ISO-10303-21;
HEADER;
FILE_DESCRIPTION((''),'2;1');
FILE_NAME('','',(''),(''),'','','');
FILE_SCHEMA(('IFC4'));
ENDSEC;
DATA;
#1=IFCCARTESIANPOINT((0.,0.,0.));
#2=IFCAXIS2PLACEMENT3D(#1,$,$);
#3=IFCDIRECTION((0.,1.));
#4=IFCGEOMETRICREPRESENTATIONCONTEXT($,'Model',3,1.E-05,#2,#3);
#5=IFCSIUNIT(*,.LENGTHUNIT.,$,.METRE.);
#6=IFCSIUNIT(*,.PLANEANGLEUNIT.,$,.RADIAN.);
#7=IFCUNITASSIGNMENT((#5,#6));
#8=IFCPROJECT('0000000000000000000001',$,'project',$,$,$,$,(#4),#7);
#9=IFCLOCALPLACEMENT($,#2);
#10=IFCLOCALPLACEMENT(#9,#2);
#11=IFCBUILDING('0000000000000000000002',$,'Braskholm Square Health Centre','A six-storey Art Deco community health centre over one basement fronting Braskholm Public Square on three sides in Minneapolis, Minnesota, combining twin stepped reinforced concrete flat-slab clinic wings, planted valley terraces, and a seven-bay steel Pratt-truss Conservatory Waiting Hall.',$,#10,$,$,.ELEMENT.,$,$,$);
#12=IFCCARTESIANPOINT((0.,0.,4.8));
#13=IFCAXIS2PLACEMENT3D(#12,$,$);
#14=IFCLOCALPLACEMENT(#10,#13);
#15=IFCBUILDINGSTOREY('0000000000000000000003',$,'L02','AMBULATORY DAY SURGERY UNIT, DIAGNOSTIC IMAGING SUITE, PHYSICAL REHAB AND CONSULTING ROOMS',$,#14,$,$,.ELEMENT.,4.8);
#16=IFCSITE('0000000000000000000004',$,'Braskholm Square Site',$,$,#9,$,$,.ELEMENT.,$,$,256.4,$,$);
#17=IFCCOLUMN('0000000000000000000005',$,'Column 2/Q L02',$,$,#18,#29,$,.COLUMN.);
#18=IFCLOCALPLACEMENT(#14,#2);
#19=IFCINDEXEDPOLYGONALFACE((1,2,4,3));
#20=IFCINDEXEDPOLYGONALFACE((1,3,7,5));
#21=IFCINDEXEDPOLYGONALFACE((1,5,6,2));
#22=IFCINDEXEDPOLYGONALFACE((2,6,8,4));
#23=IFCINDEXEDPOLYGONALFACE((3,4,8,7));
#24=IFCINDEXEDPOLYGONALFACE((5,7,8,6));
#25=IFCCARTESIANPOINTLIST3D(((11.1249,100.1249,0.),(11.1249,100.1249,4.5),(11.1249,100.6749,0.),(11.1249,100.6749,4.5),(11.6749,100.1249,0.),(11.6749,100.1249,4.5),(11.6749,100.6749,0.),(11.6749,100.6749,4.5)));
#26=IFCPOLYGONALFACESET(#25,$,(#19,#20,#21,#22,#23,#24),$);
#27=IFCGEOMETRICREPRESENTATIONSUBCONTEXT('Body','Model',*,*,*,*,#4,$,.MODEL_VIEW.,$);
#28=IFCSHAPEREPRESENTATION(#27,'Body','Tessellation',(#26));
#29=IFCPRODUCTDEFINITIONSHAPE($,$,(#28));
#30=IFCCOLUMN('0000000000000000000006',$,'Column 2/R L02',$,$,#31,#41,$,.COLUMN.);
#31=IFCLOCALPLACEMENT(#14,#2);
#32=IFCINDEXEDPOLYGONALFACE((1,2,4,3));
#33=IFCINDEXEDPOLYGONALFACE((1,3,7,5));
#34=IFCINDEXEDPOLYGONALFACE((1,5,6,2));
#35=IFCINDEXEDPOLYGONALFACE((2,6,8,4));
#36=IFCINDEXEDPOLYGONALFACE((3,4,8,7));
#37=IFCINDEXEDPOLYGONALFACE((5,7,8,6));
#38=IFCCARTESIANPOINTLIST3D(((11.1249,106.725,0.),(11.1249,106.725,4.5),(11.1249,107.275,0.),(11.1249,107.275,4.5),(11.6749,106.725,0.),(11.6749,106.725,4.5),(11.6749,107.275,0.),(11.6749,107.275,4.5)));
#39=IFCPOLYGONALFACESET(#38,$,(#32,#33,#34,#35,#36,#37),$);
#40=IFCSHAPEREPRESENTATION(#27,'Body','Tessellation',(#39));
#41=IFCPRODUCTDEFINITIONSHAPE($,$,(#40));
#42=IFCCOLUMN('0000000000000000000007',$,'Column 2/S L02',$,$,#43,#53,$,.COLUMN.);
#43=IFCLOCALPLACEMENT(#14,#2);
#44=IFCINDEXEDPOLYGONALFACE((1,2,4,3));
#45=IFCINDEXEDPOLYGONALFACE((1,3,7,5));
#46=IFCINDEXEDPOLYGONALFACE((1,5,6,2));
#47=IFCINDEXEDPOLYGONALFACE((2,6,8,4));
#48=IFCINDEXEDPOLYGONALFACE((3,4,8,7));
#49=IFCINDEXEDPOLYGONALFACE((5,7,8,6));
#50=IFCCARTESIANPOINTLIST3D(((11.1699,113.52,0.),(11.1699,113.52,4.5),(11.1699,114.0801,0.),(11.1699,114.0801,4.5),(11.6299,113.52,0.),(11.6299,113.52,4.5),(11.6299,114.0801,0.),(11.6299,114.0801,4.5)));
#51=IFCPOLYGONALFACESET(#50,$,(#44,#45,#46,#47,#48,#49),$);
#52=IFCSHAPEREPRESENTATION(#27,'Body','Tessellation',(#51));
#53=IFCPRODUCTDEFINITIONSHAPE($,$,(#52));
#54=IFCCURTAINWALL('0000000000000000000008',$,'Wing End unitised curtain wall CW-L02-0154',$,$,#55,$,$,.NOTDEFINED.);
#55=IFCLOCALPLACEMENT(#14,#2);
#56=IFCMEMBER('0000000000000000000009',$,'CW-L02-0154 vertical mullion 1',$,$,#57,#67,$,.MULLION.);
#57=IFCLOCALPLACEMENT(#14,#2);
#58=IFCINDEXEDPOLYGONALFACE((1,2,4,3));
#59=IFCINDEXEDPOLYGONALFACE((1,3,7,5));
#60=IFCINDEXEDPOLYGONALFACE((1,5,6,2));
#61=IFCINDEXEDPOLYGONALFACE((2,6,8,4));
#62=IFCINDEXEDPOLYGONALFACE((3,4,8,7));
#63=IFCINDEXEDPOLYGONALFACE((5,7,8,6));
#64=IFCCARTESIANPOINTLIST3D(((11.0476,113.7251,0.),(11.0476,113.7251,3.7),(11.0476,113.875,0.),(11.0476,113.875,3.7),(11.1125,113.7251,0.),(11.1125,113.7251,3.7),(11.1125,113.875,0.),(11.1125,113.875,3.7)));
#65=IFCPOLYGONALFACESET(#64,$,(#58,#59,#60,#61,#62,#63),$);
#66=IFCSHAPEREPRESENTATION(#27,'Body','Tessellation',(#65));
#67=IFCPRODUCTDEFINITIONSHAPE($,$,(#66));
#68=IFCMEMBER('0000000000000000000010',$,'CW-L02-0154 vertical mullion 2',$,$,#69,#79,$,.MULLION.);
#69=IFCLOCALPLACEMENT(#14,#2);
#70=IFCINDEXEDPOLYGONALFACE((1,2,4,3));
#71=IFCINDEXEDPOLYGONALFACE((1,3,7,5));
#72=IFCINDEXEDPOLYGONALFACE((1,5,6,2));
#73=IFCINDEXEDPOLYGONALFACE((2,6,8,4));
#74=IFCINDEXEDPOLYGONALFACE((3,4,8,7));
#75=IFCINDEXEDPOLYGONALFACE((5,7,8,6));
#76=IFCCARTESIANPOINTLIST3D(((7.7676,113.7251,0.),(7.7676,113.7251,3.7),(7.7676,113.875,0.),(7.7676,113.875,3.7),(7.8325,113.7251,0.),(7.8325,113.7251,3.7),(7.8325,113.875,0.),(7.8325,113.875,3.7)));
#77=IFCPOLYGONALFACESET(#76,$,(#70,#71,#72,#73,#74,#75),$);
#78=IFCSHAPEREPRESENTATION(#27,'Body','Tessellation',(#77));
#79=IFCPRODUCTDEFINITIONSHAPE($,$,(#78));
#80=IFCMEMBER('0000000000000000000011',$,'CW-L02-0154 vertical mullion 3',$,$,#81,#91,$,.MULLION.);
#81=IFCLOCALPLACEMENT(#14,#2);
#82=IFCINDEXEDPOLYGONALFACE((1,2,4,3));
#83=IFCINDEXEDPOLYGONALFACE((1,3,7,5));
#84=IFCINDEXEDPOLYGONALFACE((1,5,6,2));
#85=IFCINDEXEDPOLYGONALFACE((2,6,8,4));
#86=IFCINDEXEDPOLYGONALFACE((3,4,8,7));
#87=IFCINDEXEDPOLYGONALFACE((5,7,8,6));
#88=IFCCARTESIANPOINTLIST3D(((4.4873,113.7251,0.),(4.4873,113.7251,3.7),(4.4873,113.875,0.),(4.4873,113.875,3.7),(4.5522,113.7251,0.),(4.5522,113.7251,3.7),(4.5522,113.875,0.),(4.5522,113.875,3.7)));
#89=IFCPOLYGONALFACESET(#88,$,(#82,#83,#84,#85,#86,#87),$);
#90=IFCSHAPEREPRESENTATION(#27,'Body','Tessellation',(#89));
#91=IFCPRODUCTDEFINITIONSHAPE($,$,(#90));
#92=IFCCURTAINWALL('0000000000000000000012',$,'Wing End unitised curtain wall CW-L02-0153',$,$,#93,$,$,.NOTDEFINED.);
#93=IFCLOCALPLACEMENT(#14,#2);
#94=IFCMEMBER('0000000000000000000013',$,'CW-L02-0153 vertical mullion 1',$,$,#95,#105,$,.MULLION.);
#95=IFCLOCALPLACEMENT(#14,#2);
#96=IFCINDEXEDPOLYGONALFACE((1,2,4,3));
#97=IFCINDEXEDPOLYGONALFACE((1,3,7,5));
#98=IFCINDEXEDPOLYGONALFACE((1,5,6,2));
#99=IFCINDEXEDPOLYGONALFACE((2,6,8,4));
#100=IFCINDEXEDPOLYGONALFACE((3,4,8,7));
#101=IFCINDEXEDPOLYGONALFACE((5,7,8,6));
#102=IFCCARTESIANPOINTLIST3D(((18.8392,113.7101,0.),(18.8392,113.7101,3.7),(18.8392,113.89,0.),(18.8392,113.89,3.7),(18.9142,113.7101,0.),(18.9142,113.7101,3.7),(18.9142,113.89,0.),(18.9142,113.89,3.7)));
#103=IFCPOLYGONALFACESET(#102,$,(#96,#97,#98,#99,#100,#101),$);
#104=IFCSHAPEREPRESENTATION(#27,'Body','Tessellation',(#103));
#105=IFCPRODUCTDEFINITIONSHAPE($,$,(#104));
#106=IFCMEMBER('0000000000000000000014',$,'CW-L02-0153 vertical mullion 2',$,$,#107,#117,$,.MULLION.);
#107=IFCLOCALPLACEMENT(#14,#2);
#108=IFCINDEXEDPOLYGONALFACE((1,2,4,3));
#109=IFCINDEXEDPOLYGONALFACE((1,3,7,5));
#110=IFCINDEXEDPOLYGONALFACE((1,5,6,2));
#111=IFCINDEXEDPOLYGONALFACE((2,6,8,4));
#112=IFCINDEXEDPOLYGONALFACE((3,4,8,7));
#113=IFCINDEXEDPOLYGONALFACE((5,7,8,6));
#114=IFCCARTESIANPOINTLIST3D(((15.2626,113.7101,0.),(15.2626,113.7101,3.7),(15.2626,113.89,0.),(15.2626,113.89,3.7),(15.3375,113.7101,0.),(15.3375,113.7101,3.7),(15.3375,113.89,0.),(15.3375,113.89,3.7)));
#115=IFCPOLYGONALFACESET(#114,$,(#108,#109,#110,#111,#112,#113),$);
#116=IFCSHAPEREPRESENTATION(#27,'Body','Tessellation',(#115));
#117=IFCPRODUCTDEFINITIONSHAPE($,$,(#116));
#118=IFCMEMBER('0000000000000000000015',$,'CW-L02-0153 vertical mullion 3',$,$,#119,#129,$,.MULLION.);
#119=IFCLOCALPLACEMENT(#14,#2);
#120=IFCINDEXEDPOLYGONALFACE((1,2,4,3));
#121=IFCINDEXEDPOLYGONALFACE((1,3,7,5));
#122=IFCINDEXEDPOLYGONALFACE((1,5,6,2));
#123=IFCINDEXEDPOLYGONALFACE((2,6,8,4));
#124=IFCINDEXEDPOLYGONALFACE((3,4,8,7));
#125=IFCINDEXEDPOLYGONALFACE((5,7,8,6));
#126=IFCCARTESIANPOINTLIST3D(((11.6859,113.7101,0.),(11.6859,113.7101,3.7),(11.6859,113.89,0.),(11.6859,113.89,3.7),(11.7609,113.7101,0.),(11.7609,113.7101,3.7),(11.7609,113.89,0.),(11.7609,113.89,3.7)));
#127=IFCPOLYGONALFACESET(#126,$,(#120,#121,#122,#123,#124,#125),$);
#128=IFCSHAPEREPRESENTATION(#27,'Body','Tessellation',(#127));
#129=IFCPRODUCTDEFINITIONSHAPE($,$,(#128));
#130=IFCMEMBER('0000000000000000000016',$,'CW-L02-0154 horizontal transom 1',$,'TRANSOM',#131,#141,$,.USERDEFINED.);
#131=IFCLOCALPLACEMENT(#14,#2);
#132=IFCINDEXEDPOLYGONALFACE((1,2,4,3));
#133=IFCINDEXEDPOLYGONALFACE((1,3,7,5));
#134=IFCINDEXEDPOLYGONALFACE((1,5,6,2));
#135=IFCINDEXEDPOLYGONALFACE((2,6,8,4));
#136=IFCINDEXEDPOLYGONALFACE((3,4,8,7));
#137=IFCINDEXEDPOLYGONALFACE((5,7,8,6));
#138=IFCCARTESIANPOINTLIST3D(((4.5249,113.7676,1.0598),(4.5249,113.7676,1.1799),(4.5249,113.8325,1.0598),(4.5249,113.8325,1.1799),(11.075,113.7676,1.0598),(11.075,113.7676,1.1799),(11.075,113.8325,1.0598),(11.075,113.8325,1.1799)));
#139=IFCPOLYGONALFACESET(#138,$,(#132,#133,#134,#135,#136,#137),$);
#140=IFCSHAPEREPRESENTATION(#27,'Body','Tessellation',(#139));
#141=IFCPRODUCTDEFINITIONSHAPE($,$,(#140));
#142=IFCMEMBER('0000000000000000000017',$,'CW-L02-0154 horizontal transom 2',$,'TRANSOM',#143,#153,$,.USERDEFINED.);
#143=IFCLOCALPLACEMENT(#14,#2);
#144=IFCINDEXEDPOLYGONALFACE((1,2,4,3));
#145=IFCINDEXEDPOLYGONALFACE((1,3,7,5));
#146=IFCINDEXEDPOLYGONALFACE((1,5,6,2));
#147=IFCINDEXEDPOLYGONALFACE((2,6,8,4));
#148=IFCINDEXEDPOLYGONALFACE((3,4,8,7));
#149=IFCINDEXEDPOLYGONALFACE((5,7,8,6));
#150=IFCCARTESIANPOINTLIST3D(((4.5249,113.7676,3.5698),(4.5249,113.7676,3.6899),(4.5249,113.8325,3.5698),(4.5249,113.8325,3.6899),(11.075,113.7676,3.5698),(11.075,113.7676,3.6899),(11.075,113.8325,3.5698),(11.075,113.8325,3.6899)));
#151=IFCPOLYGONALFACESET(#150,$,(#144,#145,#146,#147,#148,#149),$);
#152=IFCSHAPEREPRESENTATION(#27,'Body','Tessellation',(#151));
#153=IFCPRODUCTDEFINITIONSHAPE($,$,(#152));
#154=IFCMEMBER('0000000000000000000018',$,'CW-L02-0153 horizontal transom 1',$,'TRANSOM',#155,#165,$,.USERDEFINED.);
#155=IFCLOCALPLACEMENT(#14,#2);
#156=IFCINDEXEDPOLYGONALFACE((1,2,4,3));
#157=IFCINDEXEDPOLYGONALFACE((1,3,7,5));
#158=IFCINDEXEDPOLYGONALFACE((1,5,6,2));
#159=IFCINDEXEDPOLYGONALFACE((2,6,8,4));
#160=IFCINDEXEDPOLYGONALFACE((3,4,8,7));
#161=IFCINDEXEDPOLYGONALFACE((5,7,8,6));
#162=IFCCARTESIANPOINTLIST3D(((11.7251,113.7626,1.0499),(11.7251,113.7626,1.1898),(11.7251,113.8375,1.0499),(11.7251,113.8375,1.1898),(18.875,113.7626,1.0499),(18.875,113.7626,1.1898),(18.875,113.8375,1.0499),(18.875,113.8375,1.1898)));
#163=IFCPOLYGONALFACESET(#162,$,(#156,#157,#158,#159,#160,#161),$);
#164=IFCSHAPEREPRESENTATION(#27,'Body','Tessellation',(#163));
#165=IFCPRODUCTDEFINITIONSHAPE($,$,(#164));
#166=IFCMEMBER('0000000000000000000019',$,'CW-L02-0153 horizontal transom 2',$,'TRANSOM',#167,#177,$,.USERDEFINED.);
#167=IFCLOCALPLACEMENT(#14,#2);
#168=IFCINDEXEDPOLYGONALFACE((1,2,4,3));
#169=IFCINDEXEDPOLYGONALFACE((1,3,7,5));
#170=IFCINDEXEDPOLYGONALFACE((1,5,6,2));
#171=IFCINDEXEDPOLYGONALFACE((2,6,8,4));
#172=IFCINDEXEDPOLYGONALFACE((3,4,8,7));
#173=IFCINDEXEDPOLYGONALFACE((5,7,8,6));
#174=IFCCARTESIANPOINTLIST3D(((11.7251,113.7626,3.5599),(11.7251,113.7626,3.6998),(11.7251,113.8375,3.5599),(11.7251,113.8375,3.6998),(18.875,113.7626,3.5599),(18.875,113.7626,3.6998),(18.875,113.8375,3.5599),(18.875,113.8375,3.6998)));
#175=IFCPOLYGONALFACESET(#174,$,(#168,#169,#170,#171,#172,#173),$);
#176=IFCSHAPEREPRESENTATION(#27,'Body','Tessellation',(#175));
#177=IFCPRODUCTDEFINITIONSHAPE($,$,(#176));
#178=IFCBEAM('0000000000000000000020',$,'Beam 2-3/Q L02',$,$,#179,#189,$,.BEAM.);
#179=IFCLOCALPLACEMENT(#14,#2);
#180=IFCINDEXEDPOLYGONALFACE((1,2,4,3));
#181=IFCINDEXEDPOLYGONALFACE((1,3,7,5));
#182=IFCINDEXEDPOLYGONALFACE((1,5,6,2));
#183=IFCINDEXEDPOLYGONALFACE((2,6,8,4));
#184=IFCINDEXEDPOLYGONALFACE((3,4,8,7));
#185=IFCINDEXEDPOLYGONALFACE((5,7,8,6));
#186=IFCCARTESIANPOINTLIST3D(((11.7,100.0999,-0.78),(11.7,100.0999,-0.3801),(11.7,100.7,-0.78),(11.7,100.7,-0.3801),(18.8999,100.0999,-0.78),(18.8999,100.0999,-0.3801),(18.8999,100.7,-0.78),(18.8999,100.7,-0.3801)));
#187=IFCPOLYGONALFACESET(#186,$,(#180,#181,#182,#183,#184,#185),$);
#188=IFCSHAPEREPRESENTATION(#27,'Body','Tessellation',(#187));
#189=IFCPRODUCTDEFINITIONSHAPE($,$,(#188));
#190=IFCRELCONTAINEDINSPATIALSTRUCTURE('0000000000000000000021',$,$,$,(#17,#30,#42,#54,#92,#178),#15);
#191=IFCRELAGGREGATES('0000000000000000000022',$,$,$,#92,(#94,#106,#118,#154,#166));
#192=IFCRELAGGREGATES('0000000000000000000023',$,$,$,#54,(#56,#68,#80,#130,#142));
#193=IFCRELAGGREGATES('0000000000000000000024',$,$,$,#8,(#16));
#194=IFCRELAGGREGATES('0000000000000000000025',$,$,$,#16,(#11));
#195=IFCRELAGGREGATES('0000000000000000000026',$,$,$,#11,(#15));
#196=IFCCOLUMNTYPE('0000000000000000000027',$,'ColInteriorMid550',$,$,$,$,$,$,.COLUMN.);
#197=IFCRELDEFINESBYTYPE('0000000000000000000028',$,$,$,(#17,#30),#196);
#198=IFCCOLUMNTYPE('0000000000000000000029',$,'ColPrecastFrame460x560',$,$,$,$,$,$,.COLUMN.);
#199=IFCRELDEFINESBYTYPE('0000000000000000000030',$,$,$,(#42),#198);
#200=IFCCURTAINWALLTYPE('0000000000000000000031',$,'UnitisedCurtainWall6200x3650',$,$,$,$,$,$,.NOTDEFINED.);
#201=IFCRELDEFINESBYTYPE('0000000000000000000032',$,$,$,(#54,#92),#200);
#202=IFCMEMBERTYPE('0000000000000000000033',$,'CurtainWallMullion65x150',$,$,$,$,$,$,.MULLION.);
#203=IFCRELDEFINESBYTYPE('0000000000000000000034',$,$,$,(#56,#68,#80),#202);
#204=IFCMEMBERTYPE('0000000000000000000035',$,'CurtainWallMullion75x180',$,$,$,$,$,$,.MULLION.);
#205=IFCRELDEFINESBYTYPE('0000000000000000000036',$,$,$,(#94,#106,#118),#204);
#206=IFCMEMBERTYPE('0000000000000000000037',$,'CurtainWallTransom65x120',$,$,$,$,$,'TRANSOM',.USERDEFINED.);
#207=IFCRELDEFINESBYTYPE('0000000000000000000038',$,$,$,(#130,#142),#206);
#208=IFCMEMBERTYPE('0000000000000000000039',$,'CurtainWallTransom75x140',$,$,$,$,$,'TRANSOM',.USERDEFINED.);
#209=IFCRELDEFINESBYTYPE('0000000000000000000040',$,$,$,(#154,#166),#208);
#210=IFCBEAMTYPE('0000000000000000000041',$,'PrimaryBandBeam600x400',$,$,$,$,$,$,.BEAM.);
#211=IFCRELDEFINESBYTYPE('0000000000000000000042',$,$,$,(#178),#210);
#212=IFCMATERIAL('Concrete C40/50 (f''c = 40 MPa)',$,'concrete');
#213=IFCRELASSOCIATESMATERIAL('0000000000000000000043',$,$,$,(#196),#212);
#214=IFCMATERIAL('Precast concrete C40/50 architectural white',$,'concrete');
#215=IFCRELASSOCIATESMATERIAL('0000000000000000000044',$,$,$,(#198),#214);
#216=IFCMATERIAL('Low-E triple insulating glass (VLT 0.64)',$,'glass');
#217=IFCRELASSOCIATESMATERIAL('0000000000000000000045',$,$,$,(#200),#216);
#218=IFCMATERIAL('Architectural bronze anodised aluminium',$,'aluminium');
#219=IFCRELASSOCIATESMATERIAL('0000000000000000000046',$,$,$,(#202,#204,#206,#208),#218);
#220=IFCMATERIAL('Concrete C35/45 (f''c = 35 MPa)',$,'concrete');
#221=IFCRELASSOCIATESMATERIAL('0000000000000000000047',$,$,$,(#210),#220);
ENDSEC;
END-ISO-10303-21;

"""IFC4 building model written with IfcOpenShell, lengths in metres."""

from ifc_helpers import new_model, si_unit, direction, frame, origin, origin_2d, place, context, subcontext, project, spatial, rectangle, extrude, material, material_profile, profile_set, type_object, element, aggregate, save


model = new_model("IFC4")

# Units and contexts
model_context = context("Model", 3, precision=1e-05, world=origin(), true_north=direction((0.0, 1.0)))
body_context = subcontext(model_context, "Body", "Model", "MODEL_VIEW")
ifc_project = project(units=[si_unit("LENGTHUNIT", "METRE"), si_unit("PLANEANGLEUNIT", "RADIAN")], contexts=[model_context])

# Site, building, storey
site_placement = place(None, origin())
site = spatial("IfcSite", under=ifc_project, at=site_placement, Name="Braskholm Square Site", CompositionType="ELEMENT", RefElevation=256.4)
building_placement = place(site_placement, origin())
building = spatial("IfcBuilding", under=site, at=building_placement, Name="Braskholm Square Health Centre", Description="A six-storey Art Deco community health centre over one basement fronting Braskholm Public Square on three sides in Minneapolis, Minnesota, combining twin stepped reinforced concrete flat-slab clinic wings, planted valley terraces, and a seven-bay steel Pratt-truss Conservatory Waiting Hall.", CompositionType="ELEMENT")
storey_placement = place(building_placement, frame((0.0, 0.0, 4.8)))
storey = spatial("IfcBuildingStorey", under=building, at=storey_placement, Name="L02", Description="AMBULATORY DAY SURGERY UNIT, DIAGNOSTIC IMAGING SUITE, PHYSICAL REHAB AND CONSULTING ROOMS", CompositionType="ELEMENT", Elevation=4.8)

# Columns
ifc_material_1 = material(Name="Concrete C40/50 (f'c = 40 MPa)", Category="concrete")
ifc_material_profile_1 = material_profile(ifc_material_1, rectangle(XDim=0.55, YDim=0.55, at=origin_2d()), Name="RC-550X550")
ifc_profile_set_1 = profile_set([ifc_material_profile_1], Name="Concrete C40/50 (f'c = 40 MPa)")
column_type_1 = type_object("IfcColumnType", Name="ColInteriorMid550", PredefinedType="COLUMN", material=ifc_profile_set_1)
for number, where, z_axis, x_axis, name in (
    (1, (11.3999, 100.3999, 0.0), (0.0, 0.0, 1.0), (1.0, 0.0, 0.0), "Column 2/Q L02"),
    (2, (11.3999, 107.0, 0.0), (0.0, 0.0, 1.0), (1.0, 0.0, 0.0), "Column 2/R L02"),
):
    element("IfcColumn", number, at=place(storey_placement, frame(where, z_axis=z_axis, x_axis=x_axis)), inside=storey, type_object=column_type_1, Name=name, PredefinedType="COLUMN", context=body_context, shape_type="SweptSolid", body=[
        extrude(rectangle(XDim=0.55, YDim=0.55, at=origin_2d()), origin(), (0.0, 0.0, 1.0), 4.5),
    ])
ifc_material_2 = material(Name="Precast concrete C40/50 architectural white", Category="concrete")
ifc_material_profile_2 = material_profile(ifc_material_2, rectangle(XDim=0.46, YDim=0.5601, at=origin_2d()), Name="RC-460X560")
ifc_profile_set_2 = profile_set([ifc_material_profile_2], Name="Precast concrete C40/50 architectural white")
column_type_2 = type_object("IfcColumnType", Name="ColPrecastFrame460x560", PredefinedType="COLUMN", material=ifc_profile_set_2)
column_placement = place(storey_placement, frame((11.3999, 113.8, 0.0), z_axis=(0.0, 0.0, 1.0), x_axis=(1.0, 0.0, 0.0)))
element("IfcColumn", 3, at=column_placement, inside=storey, type_object=column_type_2, Name="Column 2/S L02", PredefinedType="COLUMN", context=body_context, shape_type="SweptSolid", body=[
    extrude(rectangle(XDim=0.46, YDim=0.5601, at=origin_2d()), origin(), (0.0, 0.0, 1.0), 4.5),
])

# Curtain walls, members
ifc_material_3 = material(Name="Low-E triple insulating glass (VLT 0.64)", Category="glass")
curtain_wall_type = type_object("IfcCurtainWallType", Name="UnitisedCurtainWall6200x3650", PredefinedType="NOTDEFINED", material=ifc_material_3)
curtain_wall_1_placement = place(storey_placement, origin())
curtain_wall_1 = element("IfcCurtainWall", 4, at=curtain_wall_1_placement, inside=storey, type_object=curtain_wall_type, Name="Wing End unitised curtain wall CW-L02-0154", PredefinedType="NOTDEFINED")
ifc_material_4 = material(Name="Architectural bronze anodised aluminium", Category="aluminium")
ifc_material_profile_3 = material_profile(ifc_material_4, rectangle(XDim=0.0649, YDim=0.1499, at=origin_2d()), Name="ALU-65X150")
ifc_profile_set_3 = profile_set([ifc_material_profile_3], Name="Architectural bronze anodised aluminium")
member_type_1 = type_object("IfcMemberType", Name="CurtainWallMullion65x150", PredefinedType="MULLION", material=ifc_profile_set_3)
member_1_placement = place(storey_placement, frame((11.0801, 113.8, 0.0), z_axis=(0.0, 0.0, 1.0), x_axis=(1.0, 0.0, 0.0)))
member_1 = element("IfcMember", 5, at=member_1_placement, type_object=member_type_1, Name="CW-L02-0154 vertical mullion 1", PredefinedType="MULLION", context=body_context, shape_type="SweptSolid", body=[
    extrude(rectangle(XDim=0.0649, YDim=0.1499, at=origin_2d()), origin(), (0.0, 0.0, 1.0), 3.7),
])
member_2_placement = place(storey_placement, frame((7.8, 113.8, 0.0), z_axis=(0.0, 0.0, 1.0), x_axis=(1.0, 0.0, 0.0)))
member_2 = element("IfcMember", 6, at=member_2_placement, type_object=member_type_1, Name="CW-L02-0154 vertical mullion 2", PredefinedType="MULLION", context=body_context, shape_type="SweptSolid", body=[
    extrude(rectangle(XDim=0.0649, YDim=0.1499, at=origin_2d()), origin(), (0.0, 0.0, 1.0), 3.7),
])
member_3_placement = place(storey_placement, frame((4.5198, 113.8, 0.0), z_axis=(0.0, 0.0, 1.0), x_axis=(1.0, 0.0, 0.0)))
member_3 = element("IfcMember", 7, at=member_3_placement, type_object=member_type_1, Name="CW-L02-0154 vertical mullion 3", PredefinedType="MULLION", context=body_context, shape_type="SweptSolid", body=[
    extrude(rectangle(XDim=0.0649, YDim=0.1499, at=origin_2d()), origin(), (0.0, 0.0, 1.0), 3.7),
])
curtain_wall_2_placement = place(storey_placement, origin())
curtain_wall_2 = element("IfcCurtainWall", 8, at=curtain_wall_2_placement, inside=storey, type_object=curtain_wall_type, Name="Wing End unitised curtain wall CW-L02-0153", PredefinedType="NOTDEFINED")
ifc_material_profile_4 = material_profile(ifc_material_4, rectangle(XDim=0.075, YDim=0.1799, at=origin_2d()), Name="ALU-75X180")
ifc_profile_set_4 = profile_set([ifc_material_profile_4], Name="Architectural bronze anodised aluminium")
member_type_2 = type_object("IfcMemberType", Name="CurtainWallMullion75x180", PredefinedType="MULLION", material=ifc_profile_set_4)
member_4_placement = place(storey_placement, frame((18.8767, 113.8, 0.0), z_axis=(0.0, 0.0, 1.0), x_axis=(1.0, 0.0, 0.0)))
member_4 = element("IfcMember", 9, at=member_4_placement, type_object=member_type_2, Name="CW-L02-0153 vertical mullion 1", PredefinedType="MULLION", context=body_context, shape_type="SweptSolid", body=[
    extrude(rectangle(XDim=0.075, YDim=0.1799, at=origin_2d()), origin(), (0.0, 0.0, 1.0), 3.7),
])
member_5_placement = place(storey_placement, frame((15.3, 113.8, 0.0), z_axis=(0.0, 0.0, 1.0), x_axis=(1.0, 0.0, 0.0)))
member_5 = element("IfcMember", 10, at=member_5_placement, type_object=member_type_2, Name="CW-L02-0153 vertical mullion 2", PredefinedType="MULLION", context=body_context, shape_type="SweptSolid", body=[
    extrude(rectangle(XDim=0.075, YDim=0.1799, at=origin_2d()), origin(), (0.0, 0.0, 1.0), 3.7),
])
member_6_placement = place(storey_placement, frame((11.7234, 113.8, 0.0), z_axis=(0.0, 0.0, 1.0), x_axis=(1.0, 0.0, 0.0)))
member_6 = element("IfcMember", 11, at=member_6_placement, type_object=member_type_2, Name="CW-L02-0153 vertical mullion 3", PredefinedType="MULLION", context=body_context, shape_type="SweptSolid", body=[
    extrude(rectangle(XDim=0.075, YDim=0.1799, at=origin_2d()), origin(), (0.0, 0.0, 1.0), 3.7),
])

# Members
ifc_material_profile_5 = material_profile(ifc_material_4, rectangle(XDim=0.0649, YDim=0.1201, at=origin_2d()), Name="ALU-65X120")
ifc_profile_set_5 = profile_set([ifc_material_profile_5], Name="Architectural bronze anodised aluminium")
member_type_3 = type_object("IfcMemberType", Name="CurtainWallTransom65x120", ElementType="TRANSOM", PredefinedType="USERDEFINED", material=ifc_profile_set_5)
member_7_placement = place(storey_placement, frame((11.075, 113.8, 1.1199), z_axis=(-1.0, 0.0, 0.0), x_axis=(0.0, -1.0, 0.0)))
member_7 = element("IfcMember", 12, at=member_7_placement, type_object=member_type_3, Name="CW-L02-0154 horizontal transom 1", ObjectType="TRANSOM", PredefinedType="USERDEFINED", context=body_context, shape_type="SweptSolid", body=[
    extrude(rectangle(XDim=0.0649, YDim=0.1201, at=origin_2d()), origin(), (0.0, 0.0, 1.0), 6.55),
])
member_8_placement = place(storey_placement, frame((11.075, 113.8, 3.6299), z_axis=(-1.0, 0.0, 0.0), x_axis=(0.0, -1.0, 0.0)))
member_8 = element("IfcMember", 13, at=member_8_placement, type_object=member_type_3, Name="CW-L02-0154 horizontal transom 2", ObjectType="TRANSOM", PredefinedType="USERDEFINED", context=body_context, shape_type="SweptSolid", body=[
    extrude(rectangle(XDim=0.0649, YDim=0.1201, at=origin_2d()), origin(), (0.0, 0.0, 1.0), 6.55),
])
ifc_material_profile_6 = material_profile(ifc_material_4, rectangle(XDim=0.075, YDim=0.1399, at=origin_2d()), Name="ALU-75X140")
ifc_profile_set_6 = profile_set([ifc_material_profile_6], Name="Architectural bronze anodised aluminium")
member_type_4 = type_object("IfcMemberType", Name="CurtainWallTransom75x140", ElementType="TRANSOM", PredefinedType="USERDEFINED", material=ifc_profile_set_6)
member_9_placement = place(storey_placement, frame((18.875, 113.8, 1.1199), z_axis=(-1.0, 0.0, 0.0), x_axis=(0.0, -1.0, 0.0)))
member_9 = element("IfcMember", 14, at=member_9_placement, type_object=member_type_4, Name="CW-L02-0153 horizontal transom 1", ObjectType="TRANSOM", PredefinedType="USERDEFINED", context=body_context, shape_type="SweptSolid", body=[
    extrude(rectangle(XDim=0.075, YDim=0.1399, at=origin_2d()), origin(), (0.0, 0.0, 1.0), 7.1499),
])
member_10_placement = place(storey_placement, frame((18.875, 113.8, 3.6299), z_axis=(-1.0, 0.0, 0.0), x_axis=(0.0, -1.0, 0.0)))
member_10 = element("IfcMember", 15, at=member_10_placement, type_object=member_type_4, Name="CW-L02-0153 horizontal transom 2", ObjectType="TRANSOM", PredefinedType="USERDEFINED", context=body_context, shape_type="SweptSolid", body=[
    extrude(rectangle(XDim=0.075, YDim=0.1399, at=origin_2d()), origin(), (0.0, 0.0, 1.0), 7.1499),
])

# Beam
ifc_material_5 = material(Name="Concrete C35/45 (f'c = 35 MPa)", Category="concrete")
ifc_material_profile_7 = material_profile(ifc_material_5, rectangle(XDim=0.6001, YDim=0.3999, at=origin_2d()), Name="RCB-600X400")
ifc_profile_set_7 = profile_set([ifc_material_profile_7], Name="Concrete C35/45 (f'c = 35 MPa)")
beam_type_1 = type_object("IfcBeamType", Name="PrimaryBandBeam600x400", PredefinedType="BEAM", material=ifc_profile_set_7)
beam_1_placement = place(storey_placement, frame((11.7, 100.3999, -0.5801), z_axis=(1.0, 0.0, 0.0), x_axis=(0.0, 1.0, 0.0)))
element("IfcBeam", 16, at=beam_1_placement, inside=storey, type_object=beam_type_1, Name="Beam 2-3/Q L02", PredefinedType="BEAM", context=body_context, shape_type="SweptSolid", body=[
    extrude(rectangle(XDim=0.6001, YDim=0.3999, at=origin_2d()), origin(), (0.0, 0.0, 1.0), 7.2),
])

aggregate(curtain_wall_2, [member_4, member_5, member_6, member_9, member_10])
aggregate(curtain_wall_1, [member_1, member_2, member_3, member_7, member_8])

save(model, "model.ifc")
